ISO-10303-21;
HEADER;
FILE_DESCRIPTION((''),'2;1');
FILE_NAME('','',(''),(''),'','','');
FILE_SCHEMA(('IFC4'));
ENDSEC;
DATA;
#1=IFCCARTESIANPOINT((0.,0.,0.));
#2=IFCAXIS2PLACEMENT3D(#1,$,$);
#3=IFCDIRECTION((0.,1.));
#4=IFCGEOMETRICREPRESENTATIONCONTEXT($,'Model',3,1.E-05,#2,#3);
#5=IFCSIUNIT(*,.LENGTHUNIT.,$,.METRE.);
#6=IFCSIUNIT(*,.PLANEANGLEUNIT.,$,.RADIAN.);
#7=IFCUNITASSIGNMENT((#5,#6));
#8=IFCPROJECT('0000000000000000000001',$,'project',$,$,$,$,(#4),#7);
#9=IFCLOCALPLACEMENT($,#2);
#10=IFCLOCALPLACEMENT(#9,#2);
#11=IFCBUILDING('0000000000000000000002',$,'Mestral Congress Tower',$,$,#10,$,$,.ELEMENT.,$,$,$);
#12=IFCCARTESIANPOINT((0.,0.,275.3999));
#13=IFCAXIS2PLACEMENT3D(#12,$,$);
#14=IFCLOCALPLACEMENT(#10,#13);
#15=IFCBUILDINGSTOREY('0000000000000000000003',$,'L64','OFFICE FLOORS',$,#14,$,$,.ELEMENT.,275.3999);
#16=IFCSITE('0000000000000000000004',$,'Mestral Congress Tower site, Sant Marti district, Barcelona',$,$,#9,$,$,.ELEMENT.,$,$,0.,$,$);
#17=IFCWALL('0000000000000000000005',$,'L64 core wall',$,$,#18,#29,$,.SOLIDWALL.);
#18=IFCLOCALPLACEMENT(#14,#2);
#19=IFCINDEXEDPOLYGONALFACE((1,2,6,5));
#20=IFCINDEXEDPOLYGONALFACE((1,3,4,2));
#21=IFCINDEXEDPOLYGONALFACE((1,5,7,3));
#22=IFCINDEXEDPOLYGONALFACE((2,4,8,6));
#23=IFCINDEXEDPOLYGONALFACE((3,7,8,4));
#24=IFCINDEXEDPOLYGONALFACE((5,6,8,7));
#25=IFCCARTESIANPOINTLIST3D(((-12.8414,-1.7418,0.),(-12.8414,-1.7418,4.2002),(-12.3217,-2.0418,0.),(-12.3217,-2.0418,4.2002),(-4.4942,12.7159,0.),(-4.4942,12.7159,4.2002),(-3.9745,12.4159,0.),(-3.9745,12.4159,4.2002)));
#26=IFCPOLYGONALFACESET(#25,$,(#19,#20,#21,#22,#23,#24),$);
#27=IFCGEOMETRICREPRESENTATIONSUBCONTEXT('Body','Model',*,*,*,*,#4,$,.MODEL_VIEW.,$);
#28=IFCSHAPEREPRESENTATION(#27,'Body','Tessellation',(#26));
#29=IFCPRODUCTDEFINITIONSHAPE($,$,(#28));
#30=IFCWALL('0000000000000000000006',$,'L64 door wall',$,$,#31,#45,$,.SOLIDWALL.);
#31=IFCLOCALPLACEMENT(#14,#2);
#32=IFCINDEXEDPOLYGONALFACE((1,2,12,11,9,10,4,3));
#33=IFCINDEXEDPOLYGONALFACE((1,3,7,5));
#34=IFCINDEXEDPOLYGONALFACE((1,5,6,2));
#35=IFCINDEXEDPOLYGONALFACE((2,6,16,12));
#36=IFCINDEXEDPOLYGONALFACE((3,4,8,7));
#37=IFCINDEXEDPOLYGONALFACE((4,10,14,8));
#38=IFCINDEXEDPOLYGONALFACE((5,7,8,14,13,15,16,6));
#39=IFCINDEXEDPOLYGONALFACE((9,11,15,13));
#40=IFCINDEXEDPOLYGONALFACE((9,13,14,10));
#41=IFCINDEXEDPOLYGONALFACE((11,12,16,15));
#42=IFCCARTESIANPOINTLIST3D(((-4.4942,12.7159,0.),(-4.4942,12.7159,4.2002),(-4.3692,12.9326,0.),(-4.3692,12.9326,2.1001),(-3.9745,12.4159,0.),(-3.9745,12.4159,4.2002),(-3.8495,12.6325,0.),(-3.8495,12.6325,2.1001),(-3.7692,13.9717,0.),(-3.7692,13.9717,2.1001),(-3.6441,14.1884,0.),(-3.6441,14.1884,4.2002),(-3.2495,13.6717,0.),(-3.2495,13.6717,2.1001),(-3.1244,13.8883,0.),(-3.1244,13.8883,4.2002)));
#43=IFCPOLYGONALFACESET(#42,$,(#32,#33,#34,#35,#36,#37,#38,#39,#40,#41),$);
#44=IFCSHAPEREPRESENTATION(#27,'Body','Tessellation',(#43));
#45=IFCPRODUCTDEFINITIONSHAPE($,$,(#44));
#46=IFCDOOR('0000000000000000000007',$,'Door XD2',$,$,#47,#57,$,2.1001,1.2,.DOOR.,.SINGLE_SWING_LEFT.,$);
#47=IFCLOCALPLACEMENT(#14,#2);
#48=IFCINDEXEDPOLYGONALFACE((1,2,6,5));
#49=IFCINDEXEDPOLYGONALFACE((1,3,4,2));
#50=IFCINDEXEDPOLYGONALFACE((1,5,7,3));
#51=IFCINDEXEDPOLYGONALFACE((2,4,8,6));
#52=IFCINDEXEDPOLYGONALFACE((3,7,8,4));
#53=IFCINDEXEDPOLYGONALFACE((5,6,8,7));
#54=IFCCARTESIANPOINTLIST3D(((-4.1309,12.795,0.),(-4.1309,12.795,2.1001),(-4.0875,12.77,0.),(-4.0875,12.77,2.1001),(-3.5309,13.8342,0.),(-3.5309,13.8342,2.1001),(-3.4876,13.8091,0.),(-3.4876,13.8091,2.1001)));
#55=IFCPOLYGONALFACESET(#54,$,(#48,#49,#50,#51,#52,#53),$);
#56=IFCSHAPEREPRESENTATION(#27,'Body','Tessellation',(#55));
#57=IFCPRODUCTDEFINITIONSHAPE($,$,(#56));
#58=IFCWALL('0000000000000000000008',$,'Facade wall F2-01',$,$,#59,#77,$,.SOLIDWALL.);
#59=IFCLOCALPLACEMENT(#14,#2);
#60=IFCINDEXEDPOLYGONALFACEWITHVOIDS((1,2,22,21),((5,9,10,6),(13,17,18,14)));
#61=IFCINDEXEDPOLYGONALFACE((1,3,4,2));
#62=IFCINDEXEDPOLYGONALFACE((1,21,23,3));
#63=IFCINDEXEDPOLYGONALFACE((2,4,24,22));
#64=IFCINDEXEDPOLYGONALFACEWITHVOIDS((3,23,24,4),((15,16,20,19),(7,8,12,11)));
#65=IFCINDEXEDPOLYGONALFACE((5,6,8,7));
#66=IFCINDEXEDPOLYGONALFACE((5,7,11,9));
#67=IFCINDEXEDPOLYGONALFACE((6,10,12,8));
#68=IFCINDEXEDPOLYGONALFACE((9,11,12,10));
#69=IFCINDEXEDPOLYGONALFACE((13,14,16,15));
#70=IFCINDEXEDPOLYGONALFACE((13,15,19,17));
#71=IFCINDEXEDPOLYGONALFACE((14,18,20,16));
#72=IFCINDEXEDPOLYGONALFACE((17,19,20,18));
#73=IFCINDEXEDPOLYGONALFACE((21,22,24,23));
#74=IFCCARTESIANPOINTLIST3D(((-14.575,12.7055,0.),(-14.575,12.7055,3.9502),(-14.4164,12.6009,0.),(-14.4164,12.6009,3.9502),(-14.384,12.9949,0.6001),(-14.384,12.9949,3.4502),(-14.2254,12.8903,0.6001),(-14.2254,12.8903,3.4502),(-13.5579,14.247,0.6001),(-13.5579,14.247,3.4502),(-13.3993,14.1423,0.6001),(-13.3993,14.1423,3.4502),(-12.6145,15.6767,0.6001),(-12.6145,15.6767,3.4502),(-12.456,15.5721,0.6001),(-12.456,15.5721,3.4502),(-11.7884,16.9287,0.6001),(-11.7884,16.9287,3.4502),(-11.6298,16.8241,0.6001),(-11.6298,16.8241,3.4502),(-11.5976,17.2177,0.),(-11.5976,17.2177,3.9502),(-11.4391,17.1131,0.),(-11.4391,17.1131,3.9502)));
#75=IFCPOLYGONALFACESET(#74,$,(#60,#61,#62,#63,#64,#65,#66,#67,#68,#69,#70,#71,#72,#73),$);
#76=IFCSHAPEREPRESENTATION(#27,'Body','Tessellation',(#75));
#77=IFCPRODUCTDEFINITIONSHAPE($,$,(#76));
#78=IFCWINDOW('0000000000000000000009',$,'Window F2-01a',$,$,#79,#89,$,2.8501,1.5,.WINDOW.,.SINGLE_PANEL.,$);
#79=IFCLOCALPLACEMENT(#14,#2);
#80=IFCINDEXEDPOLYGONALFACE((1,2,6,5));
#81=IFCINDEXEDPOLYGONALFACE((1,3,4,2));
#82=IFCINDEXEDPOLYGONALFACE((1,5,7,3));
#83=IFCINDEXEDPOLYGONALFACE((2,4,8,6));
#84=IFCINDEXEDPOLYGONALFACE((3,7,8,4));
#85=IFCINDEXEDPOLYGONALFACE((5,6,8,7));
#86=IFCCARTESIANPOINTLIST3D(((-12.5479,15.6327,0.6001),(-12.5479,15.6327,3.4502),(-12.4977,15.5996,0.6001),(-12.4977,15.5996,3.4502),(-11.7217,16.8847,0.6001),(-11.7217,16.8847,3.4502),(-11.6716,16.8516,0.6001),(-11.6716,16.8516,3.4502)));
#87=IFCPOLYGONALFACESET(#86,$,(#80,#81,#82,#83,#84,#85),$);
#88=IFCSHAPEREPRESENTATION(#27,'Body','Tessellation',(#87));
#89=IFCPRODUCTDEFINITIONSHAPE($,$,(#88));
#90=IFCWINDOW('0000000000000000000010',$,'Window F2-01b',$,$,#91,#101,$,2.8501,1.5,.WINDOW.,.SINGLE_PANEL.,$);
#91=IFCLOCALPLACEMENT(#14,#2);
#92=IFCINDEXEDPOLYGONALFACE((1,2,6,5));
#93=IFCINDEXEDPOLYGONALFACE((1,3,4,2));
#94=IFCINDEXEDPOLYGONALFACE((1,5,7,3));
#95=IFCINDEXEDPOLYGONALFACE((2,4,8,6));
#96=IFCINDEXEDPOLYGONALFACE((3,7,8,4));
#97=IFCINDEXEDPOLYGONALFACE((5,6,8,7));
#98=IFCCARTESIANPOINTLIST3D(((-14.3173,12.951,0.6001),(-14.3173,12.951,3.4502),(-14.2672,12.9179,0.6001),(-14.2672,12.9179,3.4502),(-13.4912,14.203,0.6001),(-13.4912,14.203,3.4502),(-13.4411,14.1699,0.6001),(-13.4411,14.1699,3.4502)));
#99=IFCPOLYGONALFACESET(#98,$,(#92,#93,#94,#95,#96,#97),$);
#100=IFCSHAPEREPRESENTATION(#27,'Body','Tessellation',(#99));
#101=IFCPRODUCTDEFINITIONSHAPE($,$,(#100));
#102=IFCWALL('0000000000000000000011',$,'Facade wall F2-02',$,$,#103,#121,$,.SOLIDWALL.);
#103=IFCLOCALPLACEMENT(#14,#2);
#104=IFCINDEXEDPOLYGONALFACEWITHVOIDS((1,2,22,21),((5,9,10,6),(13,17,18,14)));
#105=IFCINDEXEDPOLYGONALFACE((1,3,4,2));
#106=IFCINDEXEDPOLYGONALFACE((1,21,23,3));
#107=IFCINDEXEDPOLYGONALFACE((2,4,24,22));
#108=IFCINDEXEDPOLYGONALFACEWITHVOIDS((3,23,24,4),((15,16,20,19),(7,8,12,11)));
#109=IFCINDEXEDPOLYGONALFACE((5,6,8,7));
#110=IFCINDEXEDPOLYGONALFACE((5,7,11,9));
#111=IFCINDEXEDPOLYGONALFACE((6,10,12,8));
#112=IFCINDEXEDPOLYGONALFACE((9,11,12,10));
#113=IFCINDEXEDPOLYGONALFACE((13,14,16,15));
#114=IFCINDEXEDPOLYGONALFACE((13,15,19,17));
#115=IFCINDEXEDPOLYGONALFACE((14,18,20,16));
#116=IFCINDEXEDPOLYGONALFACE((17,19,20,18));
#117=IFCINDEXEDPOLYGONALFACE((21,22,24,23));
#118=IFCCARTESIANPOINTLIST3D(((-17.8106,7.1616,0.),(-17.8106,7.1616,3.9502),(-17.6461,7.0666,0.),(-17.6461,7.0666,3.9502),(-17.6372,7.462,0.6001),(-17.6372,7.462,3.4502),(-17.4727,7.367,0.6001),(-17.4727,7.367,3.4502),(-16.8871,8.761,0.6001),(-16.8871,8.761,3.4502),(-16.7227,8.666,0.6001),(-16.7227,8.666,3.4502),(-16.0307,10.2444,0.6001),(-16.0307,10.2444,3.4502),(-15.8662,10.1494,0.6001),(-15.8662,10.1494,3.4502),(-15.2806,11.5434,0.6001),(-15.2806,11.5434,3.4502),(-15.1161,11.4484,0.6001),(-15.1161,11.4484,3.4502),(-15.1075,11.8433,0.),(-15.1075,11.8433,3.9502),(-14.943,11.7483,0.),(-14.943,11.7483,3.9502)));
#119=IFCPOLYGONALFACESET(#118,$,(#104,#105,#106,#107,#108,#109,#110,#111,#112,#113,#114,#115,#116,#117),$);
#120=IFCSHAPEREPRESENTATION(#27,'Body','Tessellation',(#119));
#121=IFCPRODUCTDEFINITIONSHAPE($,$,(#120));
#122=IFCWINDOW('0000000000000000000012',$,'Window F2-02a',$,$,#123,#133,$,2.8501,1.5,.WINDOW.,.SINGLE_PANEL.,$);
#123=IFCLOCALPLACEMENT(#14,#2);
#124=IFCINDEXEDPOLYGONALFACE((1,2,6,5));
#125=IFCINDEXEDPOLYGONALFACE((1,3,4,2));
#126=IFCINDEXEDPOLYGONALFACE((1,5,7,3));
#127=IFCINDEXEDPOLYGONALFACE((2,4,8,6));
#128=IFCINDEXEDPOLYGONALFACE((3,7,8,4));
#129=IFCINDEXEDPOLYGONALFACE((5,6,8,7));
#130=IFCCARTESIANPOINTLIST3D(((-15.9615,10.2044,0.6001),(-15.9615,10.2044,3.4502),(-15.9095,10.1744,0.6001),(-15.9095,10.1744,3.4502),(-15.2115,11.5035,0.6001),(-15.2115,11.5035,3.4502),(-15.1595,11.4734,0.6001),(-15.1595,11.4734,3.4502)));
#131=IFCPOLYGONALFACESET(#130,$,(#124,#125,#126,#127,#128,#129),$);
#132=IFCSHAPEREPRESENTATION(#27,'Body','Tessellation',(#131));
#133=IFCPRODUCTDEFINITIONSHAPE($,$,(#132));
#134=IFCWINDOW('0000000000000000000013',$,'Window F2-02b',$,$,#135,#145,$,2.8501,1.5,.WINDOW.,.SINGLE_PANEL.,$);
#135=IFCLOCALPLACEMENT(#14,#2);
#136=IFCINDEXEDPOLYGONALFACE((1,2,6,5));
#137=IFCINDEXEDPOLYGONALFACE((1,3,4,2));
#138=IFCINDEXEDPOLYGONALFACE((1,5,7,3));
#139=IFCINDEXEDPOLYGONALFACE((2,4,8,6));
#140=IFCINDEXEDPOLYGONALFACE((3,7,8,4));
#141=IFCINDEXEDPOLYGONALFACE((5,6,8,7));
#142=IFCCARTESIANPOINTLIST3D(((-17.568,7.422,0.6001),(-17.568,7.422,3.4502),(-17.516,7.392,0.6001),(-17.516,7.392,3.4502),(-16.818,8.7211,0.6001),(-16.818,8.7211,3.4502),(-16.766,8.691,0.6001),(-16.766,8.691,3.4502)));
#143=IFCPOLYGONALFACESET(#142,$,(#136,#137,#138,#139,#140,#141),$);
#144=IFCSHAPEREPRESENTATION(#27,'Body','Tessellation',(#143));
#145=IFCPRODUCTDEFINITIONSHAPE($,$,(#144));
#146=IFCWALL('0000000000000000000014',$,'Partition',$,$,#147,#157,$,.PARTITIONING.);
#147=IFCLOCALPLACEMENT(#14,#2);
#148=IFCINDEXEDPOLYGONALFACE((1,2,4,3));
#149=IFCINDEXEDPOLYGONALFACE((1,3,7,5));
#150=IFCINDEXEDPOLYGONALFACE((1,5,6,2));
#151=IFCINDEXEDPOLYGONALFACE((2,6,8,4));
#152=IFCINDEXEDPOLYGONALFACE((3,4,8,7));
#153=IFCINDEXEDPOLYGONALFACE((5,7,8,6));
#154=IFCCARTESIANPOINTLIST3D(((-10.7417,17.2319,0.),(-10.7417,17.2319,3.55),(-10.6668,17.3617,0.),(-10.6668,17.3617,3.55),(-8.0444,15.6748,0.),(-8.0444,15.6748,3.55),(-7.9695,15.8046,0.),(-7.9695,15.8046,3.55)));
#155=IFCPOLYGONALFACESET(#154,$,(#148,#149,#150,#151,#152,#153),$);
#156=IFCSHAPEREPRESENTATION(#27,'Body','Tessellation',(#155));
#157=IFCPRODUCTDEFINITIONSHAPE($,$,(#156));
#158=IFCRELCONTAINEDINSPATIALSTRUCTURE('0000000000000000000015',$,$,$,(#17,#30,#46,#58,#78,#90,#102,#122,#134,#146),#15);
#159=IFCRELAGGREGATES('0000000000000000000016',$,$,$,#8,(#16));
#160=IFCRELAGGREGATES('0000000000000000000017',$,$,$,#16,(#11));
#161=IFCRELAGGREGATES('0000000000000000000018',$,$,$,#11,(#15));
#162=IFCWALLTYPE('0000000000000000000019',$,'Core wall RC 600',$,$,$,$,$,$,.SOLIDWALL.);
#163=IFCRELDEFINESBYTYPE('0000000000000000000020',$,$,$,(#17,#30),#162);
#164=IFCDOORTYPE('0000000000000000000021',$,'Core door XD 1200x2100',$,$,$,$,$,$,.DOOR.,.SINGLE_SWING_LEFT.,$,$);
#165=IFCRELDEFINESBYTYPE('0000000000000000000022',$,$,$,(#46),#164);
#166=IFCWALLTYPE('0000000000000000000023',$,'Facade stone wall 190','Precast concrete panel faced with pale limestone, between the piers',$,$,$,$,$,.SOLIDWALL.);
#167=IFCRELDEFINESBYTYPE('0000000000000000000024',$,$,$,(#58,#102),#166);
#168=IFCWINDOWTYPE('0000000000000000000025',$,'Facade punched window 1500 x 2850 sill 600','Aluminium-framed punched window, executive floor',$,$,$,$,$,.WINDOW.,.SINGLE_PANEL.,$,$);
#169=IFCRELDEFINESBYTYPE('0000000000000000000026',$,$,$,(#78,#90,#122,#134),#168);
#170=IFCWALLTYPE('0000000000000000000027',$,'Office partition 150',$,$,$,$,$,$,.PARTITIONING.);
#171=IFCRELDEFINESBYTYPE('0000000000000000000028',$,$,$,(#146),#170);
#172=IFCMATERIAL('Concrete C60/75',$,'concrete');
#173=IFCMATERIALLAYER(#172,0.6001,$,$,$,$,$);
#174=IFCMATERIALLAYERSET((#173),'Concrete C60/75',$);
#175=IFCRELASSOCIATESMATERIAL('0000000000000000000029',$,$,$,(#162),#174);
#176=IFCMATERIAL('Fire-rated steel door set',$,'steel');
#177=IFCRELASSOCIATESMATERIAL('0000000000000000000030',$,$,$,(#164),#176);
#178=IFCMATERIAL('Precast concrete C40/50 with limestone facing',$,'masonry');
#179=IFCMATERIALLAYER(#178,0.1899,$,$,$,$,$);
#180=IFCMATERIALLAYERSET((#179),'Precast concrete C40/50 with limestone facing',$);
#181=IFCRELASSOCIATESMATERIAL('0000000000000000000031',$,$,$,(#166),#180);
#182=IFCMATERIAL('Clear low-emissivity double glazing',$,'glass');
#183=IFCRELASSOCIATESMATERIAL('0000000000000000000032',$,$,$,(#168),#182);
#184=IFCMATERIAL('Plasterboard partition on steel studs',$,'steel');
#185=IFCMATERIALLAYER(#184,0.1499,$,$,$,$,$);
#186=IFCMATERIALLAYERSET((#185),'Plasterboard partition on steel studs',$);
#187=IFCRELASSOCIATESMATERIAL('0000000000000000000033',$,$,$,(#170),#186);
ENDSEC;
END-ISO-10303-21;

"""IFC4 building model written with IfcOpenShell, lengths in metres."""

from ifc_helpers import new_model, si_unit, direction, frame, frame_2d, origin, place, context, subcontext, project, spatial, rectangle, extrude, material, layer, layer_set, type_object, element, fill, save


model = new_model("IFC4")

# Units and contexts
model_context = context("Model", 3, precision=1e-05, world=origin(), true_north=direction((0.0, 1.0)))
body_context = subcontext(model_context, "Body", "Model", "MODEL_VIEW")
ifc_project = project(units=[si_unit("LENGTHUNIT", "METRE"), si_unit("PLANEANGLEUNIT", "RADIAN")], contexts=[model_context])

# Site, building, storey
site_placement = place(None, origin())
site = spatial("IfcSite", under=ifc_project, at=site_placement, Name="Mestral Congress Tower site, Sant Marti district, Barcelona", CompositionType="ELEMENT", RefElevation=0.0)
building_placement = place(site_placement, origin())
building = spatial("IfcBuilding", under=site, at=building_placement, Name="Mestral Congress Tower", CompositionType="ELEMENT")
storey_placement = place(building_placement, frame((0.0, 0.0, 275.3999)))
storey = spatial("IfcBuildingStorey", under=building, at=storey_placement, Name="L64", Description="OFFICE FLOORS", CompositionType="ELEMENT", Elevation=275.3999)

# Shared definitions
ifc_material_1 = material(Name="Concrete C60/75", Category="concrete")

# Wall
ifc_layer_1 = layer(ifc_material_1, 0.6001)
ifc_layer_set_1 = layer_set([ifc_layer_1], Name="Concrete C60/75")
wall_type_1 = type_object("IfcWallType", Name="Core wall RC 600", PredefinedType="SOLIDWALL", material=ifc_layer_set_1)
wall_1_placement = place(storey_placement, frame((-4.2344, 12.5659, 0.0), z_axis=(0.0, 0.0, 1.0), x_axis=(-0.499999, -0.866026, 0.0)))
element("IfcWall", 1, at=wall_1_placement, inside=storey, type_object=wall_type_1, Name="L64 core wall", PredefinedType="SOLIDWALL", context=body_context, shape_type="SweptSolid", body=[
    extrude(rectangle(XDim=16.6943, YDim=0.6001, at=frame_2d((8.3472, 0.0))), origin(), (0.0, 0.0, 1.0), 4.2002),
])

# Wall, opening, door
wall_2_placement = place(storey_placement, frame((-4.2344, 12.5659, 0.0), z_axis=(0.0, 0.0, 1.0), x_axis=(0.5, 0.866025, 0.0)))
wall_2 = element("IfcWall", 2, at=wall_2_placement, inside=storey, type_object=wall_type_1, Name="L64 door wall", PredefinedType="SOLIDWALL", context=body_context, shape_type="SweptSolid", body=[
    extrude(rectangle(XDim=1.7002, YDim=0.6001, at=frame_2d((0.8501, 0.0))), origin(), (0.0, 0.0, 1.0), 4.2002),
])
opening_1_placement = place(wall_2_placement, frame((0.25, 0.0, 0.0)))
opening_1 = element("IfcOpeningElement", 3, at=opening_1_placement, cuts=wall_2, PredefinedType="OPENING", context=body_context, shape_type="SweptSolid", body=[
    extrude(rectangle(XDim=1.2, YDim=2.1001, at=frame_2d((0.6001, 1.05))), frame((0.0, 0.3101, 0.0), z_axis=(0.0, -1.0, 0.0), x_axis=(1.0, 0.0, 0.0)), (0.0, 0.0, 1.0), 0.6201),
])
ifc_material_2 = material(Name="Fire-rated steel door set", Category="steel")
door_type_1 = type_object("IfcDoorType", Name="Core door XD 1200x2100", OperationType="SINGLE_SWING_LEFT", PredefinedType="DOOR", material=ifc_material_2)
door_1_placement = place(opening_1_placement, origin())
door_1 = element("IfcDoor", 4, at=door_1_placement, inside=storey, type_object=door_type_1, Name="Door XD2", OperationType="SINGLE_SWING_LEFT", OverallHeight=2.1001, OverallWidth=1.2, PredefinedType="DOOR", context=body_context, shape_type="SweptSolid", body=[
    extrude(rectangle(XDim=1.2, YDim=2.1001, at=frame_2d((0.6001, 1.05))), frame((0.0, 0.0249, 0.0), z_axis=(0.0, -1.0, 0.0), x_axis=(1.0, 0.0, 0.0)), (0.0, 0.0, 1.0), 0.05),
])
fill(opening_1, door_1)

# Walls, openings, windows
ifc_material_3 = material(Name="Precast concrete C40/50 with limestone facing", Category="masonry")
ifc_layer_2 = layer(ifc_material_3, 0.1899)
ifc_layer_set_2 = layer_set([ifc_layer_2], Name="Precast concrete C40/50 with limestone facing")
wall_type_2 = type_object("IfcWallType", Name="Facade stone wall 190", Description="Precast concrete panel faced with pale limestone, between the piers", PredefinedType="SOLIDWALL", material=ifc_layer_set_2)
wall_3_placement = place(storey_placement, frame((-11.5183, 17.1655, 0.0), z_axis=(0.0, 0.0, 1.0), x_axis=(-0.550744, -0.834674, 0.0)))
wall_3 = element("IfcWall", 5, at=wall_3_placement, inside=storey, type_object=wall_type_2, Name="Facade wall F2-01", PredefinedType="SOLIDWALL", context=body_context, shape_type="SweptSolid", body=[
    extrude(rectangle(XDim=5.406, YDim=0.1899, at=frame_2d((2.7031, 0.0))), origin(), (0.0, 0.0, 1.0), 3.9502),
])
opening_2_placement = place(wall_3_placement, frame((0.3464, 0.0, 0.6001)))
opening_2 = element("IfcOpeningElement", 6, at=opening_2_placement, cuts=wall_3, PredefinedType="OPENING", context=body_context, shape_type="SweptSolid", body=[
    extrude(rectangle(XDim=1.5, YDim=2.8501, at=frame_2d((0.75, 1.425))), frame((0.0, 0.105, 0.0), z_axis=(0.0, -1.0, 0.0), x_axis=(1.0, 0.0, 0.0)), (0.0, 0.0, 1.0), 0.21),
])
opening_3_placement = place(wall_3_placement, frame((3.5593, 0.0, 0.6001)))
opening_3 = element("IfcOpeningElement", 7, at=opening_3_placement, cuts=wall_3, PredefinedType="OPENING", context=body_context, shape_type="SweptSolid", body=[
    extrude(rectangle(XDim=1.5, YDim=2.8501, at=frame_2d((0.75, 1.425))), frame((0.0, 0.105, 0.0), z_axis=(0.0, -1.0, 0.0), x_axis=(1.0, 0.0, 0.0)), (0.0, 0.0, 1.0), 0.21),
])
ifc_material_4 = material(Name="Clear low-emissivity double glazing", Category="glass")
window_type = type_object("IfcWindowType", Name="Facade punched window 1500 x 2850 sill 600", Description="Aluminium-framed punched window, executive floor", PartitioningType="SINGLE_PANEL", PredefinedType="WINDOW", material=ifc_material_4)
window_1_placement = place(opening_2_placement, origin())
window_1 = element("IfcWindow", 8, at=window_1_placement, inside=storey, type_object=window_type, Name="Window F2-01a", OverallHeight=2.8501, OverallWidth=1.5, PartitioningType="SINGLE_PANEL", PredefinedType="WINDOW", context=body_context, shape_type="SweptSolid", body=[
    extrude(rectangle(XDim=1.5, YDim=2.8501, at=frame_2d((0.75, 1.425))), frame((0.0, 0.0449, 0.0), z_axis=(0.0, -1.0, 0.0), x_axis=(1.0, 0.0, 0.0)), (0.0, 0.0, 1.0), 0.0601),
])
fill(opening_2, window_1)
window_2_placement = place(opening_3_placement, origin())
window_2 = element("IfcWindow", 9, at=window_2_placement, inside=storey, type_object=window_type, Name="Window F2-01b", OverallHeight=2.8501, OverallWidth=1.5, PartitioningType="SINGLE_PANEL", PredefinedType="WINDOW", context=body_context, shape_type="SweptSolid", body=[
    extrude(rectangle(XDim=1.5, YDim=2.8501, at=frame_2d((0.75, 1.425))), frame((0.0, 0.0449, 0.0), z_axis=(0.0, -1.0, 0.0), x_axis=(1.0, 0.0, 0.0)), (0.0, 0.0, 1.0), 0.0601),
])
fill(opening_3, window_2)
wall_4_placement = place(storey_placement, frame((-15.0251, 11.7959, 0.0), z_axis=(0.0, 0.0, 1.0), x_axis=(-0.500025, -0.866011, 0.0)))
wall_4 = element("IfcWall", 10, at=wall_4_placement, inside=storey, type_object=wall_type_2, Name="Facade wall F2-02", PredefinedType="SOLIDWALL", context=body_context, shape_type="SweptSolid", body=[
    extrude(rectangle(XDim=5.406, YDim=0.1899, at=frame_2d((2.7031, 0.0))), origin(), (0.0, 0.0, 1.0), 3.9502),
])
opening_4_placement = place(wall_4_placement, frame((0.3464, 0.0, 0.6001)))
opening_4 = element("IfcOpeningElement", 11, at=opening_4_placement, cuts=wall_4, PredefinedType="OPENING", context=body_context, shape_type="SweptSolid", body=[
    extrude(rectangle(XDim=1.5, YDim=2.8501, at=frame_2d((0.75, 1.425))), frame((0.0, 0.105, 0.0), z_axis=(0.0, -1.0, 0.0), x_axis=(1.0, 0.0, 0.0)), (0.0, 0.0, 1.0), 0.21),
])
opening_5_placement = place(wall_4_placement, frame((3.5593, 0.0, 0.6001)))
opening_5 = element("IfcOpeningElement", 12, at=opening_5_placement, cuts=wall_4, PredefinedType="OPENING", context=body_context, shape_type="SweptSolid", body=[
    extrude(rectangle(XDim=1.5, YDim=2.8501, at=frame_2d((0.75, 1.425))), frame((0.0, 0.105, 0.0), z_axis=(0.0, -1.0, 0.0), x_axis=(1.0, 0.0, 0.0)), (0.0, 0.0, 1.0), 0.21),
])
window_3_placement = place(opening_4_placement, origin())
window_3 = element("IfcWindow", 13, at=window_3_placement, inside=storey, type_object=window_type, Name="Window F2-02a", OverallHeight=2.8501, OverallWidth=1.5, PartitioningType="SINGLE_PANEL", PredefinedType="WINDOW", context=body_context, shape_type="SweptSolid", body=[
    extrude(rectangle(XDim=1.5, YDim=2.8501, at=frame_2d((0.75, 1.425))), frame((0.0, 0.0449, 0.0), z_axis=(0.0, -1.0, 0.0), x_axis=(1.0, 0.0, 0.0)), (0.0, 0.0, 1.0), 0.0601),
])
fill(opening_4, window_3)
window_4_placement = place(opening_5_placement, origin())
window_4 = element("IfcWindow", 14, at=window_4_placement, inside=storey, type_object=window_type, Name="Window F2-02b", OverallHeight=2.8501, OverallWidth=1.5, PartitioningType="SINGLE_PANEL", PredefinedType="WINDOW", context=body_context, shape_type="SweptSolid", body=[
    extrude(rectangle(XDim=1.5, YDim=2.8501, at=frame_2d((0.75, 1.425))), frame((0.0, 0.0449, 0.0), z_axis=(0.0, -1.0, 0.0), x_axis=(1.0, 0.0, 0.0)), (0.0, 0.0, 1.0), 0.0601),
])
fill(opening_5, window_4)

# Wall
ifc_material_5 = material(Name="Plasterboard partition on steel studs", Category="steel")
ifc_layer_3 = layer(ifc_material_5, 0.1499)
ifc_layer_set_3 = layer_set([ifc_layer_3], Name="Plasterboard partition on steel studs")
wall_type_3 = type_object("IfcWallType", Name="Office partition 150", PredefinedType="PARTITIONING", material=ifc_layer_set_3)
wall_5_placement = place(storey_placement, frame((-8.0071, 15.7397, 0.0), z_axis=(0.0, 0.0, 1.0), x_axis=(-0.866045, 0.499967, 0.0)))
element("IfcWall", 15, at=wall_5_placement, inside=storey, type_object=wall_type_3, Name="Partition", PredefinedType="PARTITIONING", context=body_context, shape_type="SweptSolid", body=[
    extrude(rectangle(XDim=3.1145, YDim=0.1499, at=frame_2d((1.5571, 0.0))), origin(), (0.0, 0.0, 1.0), 3.55),
])

save(model, "model.ifc")
